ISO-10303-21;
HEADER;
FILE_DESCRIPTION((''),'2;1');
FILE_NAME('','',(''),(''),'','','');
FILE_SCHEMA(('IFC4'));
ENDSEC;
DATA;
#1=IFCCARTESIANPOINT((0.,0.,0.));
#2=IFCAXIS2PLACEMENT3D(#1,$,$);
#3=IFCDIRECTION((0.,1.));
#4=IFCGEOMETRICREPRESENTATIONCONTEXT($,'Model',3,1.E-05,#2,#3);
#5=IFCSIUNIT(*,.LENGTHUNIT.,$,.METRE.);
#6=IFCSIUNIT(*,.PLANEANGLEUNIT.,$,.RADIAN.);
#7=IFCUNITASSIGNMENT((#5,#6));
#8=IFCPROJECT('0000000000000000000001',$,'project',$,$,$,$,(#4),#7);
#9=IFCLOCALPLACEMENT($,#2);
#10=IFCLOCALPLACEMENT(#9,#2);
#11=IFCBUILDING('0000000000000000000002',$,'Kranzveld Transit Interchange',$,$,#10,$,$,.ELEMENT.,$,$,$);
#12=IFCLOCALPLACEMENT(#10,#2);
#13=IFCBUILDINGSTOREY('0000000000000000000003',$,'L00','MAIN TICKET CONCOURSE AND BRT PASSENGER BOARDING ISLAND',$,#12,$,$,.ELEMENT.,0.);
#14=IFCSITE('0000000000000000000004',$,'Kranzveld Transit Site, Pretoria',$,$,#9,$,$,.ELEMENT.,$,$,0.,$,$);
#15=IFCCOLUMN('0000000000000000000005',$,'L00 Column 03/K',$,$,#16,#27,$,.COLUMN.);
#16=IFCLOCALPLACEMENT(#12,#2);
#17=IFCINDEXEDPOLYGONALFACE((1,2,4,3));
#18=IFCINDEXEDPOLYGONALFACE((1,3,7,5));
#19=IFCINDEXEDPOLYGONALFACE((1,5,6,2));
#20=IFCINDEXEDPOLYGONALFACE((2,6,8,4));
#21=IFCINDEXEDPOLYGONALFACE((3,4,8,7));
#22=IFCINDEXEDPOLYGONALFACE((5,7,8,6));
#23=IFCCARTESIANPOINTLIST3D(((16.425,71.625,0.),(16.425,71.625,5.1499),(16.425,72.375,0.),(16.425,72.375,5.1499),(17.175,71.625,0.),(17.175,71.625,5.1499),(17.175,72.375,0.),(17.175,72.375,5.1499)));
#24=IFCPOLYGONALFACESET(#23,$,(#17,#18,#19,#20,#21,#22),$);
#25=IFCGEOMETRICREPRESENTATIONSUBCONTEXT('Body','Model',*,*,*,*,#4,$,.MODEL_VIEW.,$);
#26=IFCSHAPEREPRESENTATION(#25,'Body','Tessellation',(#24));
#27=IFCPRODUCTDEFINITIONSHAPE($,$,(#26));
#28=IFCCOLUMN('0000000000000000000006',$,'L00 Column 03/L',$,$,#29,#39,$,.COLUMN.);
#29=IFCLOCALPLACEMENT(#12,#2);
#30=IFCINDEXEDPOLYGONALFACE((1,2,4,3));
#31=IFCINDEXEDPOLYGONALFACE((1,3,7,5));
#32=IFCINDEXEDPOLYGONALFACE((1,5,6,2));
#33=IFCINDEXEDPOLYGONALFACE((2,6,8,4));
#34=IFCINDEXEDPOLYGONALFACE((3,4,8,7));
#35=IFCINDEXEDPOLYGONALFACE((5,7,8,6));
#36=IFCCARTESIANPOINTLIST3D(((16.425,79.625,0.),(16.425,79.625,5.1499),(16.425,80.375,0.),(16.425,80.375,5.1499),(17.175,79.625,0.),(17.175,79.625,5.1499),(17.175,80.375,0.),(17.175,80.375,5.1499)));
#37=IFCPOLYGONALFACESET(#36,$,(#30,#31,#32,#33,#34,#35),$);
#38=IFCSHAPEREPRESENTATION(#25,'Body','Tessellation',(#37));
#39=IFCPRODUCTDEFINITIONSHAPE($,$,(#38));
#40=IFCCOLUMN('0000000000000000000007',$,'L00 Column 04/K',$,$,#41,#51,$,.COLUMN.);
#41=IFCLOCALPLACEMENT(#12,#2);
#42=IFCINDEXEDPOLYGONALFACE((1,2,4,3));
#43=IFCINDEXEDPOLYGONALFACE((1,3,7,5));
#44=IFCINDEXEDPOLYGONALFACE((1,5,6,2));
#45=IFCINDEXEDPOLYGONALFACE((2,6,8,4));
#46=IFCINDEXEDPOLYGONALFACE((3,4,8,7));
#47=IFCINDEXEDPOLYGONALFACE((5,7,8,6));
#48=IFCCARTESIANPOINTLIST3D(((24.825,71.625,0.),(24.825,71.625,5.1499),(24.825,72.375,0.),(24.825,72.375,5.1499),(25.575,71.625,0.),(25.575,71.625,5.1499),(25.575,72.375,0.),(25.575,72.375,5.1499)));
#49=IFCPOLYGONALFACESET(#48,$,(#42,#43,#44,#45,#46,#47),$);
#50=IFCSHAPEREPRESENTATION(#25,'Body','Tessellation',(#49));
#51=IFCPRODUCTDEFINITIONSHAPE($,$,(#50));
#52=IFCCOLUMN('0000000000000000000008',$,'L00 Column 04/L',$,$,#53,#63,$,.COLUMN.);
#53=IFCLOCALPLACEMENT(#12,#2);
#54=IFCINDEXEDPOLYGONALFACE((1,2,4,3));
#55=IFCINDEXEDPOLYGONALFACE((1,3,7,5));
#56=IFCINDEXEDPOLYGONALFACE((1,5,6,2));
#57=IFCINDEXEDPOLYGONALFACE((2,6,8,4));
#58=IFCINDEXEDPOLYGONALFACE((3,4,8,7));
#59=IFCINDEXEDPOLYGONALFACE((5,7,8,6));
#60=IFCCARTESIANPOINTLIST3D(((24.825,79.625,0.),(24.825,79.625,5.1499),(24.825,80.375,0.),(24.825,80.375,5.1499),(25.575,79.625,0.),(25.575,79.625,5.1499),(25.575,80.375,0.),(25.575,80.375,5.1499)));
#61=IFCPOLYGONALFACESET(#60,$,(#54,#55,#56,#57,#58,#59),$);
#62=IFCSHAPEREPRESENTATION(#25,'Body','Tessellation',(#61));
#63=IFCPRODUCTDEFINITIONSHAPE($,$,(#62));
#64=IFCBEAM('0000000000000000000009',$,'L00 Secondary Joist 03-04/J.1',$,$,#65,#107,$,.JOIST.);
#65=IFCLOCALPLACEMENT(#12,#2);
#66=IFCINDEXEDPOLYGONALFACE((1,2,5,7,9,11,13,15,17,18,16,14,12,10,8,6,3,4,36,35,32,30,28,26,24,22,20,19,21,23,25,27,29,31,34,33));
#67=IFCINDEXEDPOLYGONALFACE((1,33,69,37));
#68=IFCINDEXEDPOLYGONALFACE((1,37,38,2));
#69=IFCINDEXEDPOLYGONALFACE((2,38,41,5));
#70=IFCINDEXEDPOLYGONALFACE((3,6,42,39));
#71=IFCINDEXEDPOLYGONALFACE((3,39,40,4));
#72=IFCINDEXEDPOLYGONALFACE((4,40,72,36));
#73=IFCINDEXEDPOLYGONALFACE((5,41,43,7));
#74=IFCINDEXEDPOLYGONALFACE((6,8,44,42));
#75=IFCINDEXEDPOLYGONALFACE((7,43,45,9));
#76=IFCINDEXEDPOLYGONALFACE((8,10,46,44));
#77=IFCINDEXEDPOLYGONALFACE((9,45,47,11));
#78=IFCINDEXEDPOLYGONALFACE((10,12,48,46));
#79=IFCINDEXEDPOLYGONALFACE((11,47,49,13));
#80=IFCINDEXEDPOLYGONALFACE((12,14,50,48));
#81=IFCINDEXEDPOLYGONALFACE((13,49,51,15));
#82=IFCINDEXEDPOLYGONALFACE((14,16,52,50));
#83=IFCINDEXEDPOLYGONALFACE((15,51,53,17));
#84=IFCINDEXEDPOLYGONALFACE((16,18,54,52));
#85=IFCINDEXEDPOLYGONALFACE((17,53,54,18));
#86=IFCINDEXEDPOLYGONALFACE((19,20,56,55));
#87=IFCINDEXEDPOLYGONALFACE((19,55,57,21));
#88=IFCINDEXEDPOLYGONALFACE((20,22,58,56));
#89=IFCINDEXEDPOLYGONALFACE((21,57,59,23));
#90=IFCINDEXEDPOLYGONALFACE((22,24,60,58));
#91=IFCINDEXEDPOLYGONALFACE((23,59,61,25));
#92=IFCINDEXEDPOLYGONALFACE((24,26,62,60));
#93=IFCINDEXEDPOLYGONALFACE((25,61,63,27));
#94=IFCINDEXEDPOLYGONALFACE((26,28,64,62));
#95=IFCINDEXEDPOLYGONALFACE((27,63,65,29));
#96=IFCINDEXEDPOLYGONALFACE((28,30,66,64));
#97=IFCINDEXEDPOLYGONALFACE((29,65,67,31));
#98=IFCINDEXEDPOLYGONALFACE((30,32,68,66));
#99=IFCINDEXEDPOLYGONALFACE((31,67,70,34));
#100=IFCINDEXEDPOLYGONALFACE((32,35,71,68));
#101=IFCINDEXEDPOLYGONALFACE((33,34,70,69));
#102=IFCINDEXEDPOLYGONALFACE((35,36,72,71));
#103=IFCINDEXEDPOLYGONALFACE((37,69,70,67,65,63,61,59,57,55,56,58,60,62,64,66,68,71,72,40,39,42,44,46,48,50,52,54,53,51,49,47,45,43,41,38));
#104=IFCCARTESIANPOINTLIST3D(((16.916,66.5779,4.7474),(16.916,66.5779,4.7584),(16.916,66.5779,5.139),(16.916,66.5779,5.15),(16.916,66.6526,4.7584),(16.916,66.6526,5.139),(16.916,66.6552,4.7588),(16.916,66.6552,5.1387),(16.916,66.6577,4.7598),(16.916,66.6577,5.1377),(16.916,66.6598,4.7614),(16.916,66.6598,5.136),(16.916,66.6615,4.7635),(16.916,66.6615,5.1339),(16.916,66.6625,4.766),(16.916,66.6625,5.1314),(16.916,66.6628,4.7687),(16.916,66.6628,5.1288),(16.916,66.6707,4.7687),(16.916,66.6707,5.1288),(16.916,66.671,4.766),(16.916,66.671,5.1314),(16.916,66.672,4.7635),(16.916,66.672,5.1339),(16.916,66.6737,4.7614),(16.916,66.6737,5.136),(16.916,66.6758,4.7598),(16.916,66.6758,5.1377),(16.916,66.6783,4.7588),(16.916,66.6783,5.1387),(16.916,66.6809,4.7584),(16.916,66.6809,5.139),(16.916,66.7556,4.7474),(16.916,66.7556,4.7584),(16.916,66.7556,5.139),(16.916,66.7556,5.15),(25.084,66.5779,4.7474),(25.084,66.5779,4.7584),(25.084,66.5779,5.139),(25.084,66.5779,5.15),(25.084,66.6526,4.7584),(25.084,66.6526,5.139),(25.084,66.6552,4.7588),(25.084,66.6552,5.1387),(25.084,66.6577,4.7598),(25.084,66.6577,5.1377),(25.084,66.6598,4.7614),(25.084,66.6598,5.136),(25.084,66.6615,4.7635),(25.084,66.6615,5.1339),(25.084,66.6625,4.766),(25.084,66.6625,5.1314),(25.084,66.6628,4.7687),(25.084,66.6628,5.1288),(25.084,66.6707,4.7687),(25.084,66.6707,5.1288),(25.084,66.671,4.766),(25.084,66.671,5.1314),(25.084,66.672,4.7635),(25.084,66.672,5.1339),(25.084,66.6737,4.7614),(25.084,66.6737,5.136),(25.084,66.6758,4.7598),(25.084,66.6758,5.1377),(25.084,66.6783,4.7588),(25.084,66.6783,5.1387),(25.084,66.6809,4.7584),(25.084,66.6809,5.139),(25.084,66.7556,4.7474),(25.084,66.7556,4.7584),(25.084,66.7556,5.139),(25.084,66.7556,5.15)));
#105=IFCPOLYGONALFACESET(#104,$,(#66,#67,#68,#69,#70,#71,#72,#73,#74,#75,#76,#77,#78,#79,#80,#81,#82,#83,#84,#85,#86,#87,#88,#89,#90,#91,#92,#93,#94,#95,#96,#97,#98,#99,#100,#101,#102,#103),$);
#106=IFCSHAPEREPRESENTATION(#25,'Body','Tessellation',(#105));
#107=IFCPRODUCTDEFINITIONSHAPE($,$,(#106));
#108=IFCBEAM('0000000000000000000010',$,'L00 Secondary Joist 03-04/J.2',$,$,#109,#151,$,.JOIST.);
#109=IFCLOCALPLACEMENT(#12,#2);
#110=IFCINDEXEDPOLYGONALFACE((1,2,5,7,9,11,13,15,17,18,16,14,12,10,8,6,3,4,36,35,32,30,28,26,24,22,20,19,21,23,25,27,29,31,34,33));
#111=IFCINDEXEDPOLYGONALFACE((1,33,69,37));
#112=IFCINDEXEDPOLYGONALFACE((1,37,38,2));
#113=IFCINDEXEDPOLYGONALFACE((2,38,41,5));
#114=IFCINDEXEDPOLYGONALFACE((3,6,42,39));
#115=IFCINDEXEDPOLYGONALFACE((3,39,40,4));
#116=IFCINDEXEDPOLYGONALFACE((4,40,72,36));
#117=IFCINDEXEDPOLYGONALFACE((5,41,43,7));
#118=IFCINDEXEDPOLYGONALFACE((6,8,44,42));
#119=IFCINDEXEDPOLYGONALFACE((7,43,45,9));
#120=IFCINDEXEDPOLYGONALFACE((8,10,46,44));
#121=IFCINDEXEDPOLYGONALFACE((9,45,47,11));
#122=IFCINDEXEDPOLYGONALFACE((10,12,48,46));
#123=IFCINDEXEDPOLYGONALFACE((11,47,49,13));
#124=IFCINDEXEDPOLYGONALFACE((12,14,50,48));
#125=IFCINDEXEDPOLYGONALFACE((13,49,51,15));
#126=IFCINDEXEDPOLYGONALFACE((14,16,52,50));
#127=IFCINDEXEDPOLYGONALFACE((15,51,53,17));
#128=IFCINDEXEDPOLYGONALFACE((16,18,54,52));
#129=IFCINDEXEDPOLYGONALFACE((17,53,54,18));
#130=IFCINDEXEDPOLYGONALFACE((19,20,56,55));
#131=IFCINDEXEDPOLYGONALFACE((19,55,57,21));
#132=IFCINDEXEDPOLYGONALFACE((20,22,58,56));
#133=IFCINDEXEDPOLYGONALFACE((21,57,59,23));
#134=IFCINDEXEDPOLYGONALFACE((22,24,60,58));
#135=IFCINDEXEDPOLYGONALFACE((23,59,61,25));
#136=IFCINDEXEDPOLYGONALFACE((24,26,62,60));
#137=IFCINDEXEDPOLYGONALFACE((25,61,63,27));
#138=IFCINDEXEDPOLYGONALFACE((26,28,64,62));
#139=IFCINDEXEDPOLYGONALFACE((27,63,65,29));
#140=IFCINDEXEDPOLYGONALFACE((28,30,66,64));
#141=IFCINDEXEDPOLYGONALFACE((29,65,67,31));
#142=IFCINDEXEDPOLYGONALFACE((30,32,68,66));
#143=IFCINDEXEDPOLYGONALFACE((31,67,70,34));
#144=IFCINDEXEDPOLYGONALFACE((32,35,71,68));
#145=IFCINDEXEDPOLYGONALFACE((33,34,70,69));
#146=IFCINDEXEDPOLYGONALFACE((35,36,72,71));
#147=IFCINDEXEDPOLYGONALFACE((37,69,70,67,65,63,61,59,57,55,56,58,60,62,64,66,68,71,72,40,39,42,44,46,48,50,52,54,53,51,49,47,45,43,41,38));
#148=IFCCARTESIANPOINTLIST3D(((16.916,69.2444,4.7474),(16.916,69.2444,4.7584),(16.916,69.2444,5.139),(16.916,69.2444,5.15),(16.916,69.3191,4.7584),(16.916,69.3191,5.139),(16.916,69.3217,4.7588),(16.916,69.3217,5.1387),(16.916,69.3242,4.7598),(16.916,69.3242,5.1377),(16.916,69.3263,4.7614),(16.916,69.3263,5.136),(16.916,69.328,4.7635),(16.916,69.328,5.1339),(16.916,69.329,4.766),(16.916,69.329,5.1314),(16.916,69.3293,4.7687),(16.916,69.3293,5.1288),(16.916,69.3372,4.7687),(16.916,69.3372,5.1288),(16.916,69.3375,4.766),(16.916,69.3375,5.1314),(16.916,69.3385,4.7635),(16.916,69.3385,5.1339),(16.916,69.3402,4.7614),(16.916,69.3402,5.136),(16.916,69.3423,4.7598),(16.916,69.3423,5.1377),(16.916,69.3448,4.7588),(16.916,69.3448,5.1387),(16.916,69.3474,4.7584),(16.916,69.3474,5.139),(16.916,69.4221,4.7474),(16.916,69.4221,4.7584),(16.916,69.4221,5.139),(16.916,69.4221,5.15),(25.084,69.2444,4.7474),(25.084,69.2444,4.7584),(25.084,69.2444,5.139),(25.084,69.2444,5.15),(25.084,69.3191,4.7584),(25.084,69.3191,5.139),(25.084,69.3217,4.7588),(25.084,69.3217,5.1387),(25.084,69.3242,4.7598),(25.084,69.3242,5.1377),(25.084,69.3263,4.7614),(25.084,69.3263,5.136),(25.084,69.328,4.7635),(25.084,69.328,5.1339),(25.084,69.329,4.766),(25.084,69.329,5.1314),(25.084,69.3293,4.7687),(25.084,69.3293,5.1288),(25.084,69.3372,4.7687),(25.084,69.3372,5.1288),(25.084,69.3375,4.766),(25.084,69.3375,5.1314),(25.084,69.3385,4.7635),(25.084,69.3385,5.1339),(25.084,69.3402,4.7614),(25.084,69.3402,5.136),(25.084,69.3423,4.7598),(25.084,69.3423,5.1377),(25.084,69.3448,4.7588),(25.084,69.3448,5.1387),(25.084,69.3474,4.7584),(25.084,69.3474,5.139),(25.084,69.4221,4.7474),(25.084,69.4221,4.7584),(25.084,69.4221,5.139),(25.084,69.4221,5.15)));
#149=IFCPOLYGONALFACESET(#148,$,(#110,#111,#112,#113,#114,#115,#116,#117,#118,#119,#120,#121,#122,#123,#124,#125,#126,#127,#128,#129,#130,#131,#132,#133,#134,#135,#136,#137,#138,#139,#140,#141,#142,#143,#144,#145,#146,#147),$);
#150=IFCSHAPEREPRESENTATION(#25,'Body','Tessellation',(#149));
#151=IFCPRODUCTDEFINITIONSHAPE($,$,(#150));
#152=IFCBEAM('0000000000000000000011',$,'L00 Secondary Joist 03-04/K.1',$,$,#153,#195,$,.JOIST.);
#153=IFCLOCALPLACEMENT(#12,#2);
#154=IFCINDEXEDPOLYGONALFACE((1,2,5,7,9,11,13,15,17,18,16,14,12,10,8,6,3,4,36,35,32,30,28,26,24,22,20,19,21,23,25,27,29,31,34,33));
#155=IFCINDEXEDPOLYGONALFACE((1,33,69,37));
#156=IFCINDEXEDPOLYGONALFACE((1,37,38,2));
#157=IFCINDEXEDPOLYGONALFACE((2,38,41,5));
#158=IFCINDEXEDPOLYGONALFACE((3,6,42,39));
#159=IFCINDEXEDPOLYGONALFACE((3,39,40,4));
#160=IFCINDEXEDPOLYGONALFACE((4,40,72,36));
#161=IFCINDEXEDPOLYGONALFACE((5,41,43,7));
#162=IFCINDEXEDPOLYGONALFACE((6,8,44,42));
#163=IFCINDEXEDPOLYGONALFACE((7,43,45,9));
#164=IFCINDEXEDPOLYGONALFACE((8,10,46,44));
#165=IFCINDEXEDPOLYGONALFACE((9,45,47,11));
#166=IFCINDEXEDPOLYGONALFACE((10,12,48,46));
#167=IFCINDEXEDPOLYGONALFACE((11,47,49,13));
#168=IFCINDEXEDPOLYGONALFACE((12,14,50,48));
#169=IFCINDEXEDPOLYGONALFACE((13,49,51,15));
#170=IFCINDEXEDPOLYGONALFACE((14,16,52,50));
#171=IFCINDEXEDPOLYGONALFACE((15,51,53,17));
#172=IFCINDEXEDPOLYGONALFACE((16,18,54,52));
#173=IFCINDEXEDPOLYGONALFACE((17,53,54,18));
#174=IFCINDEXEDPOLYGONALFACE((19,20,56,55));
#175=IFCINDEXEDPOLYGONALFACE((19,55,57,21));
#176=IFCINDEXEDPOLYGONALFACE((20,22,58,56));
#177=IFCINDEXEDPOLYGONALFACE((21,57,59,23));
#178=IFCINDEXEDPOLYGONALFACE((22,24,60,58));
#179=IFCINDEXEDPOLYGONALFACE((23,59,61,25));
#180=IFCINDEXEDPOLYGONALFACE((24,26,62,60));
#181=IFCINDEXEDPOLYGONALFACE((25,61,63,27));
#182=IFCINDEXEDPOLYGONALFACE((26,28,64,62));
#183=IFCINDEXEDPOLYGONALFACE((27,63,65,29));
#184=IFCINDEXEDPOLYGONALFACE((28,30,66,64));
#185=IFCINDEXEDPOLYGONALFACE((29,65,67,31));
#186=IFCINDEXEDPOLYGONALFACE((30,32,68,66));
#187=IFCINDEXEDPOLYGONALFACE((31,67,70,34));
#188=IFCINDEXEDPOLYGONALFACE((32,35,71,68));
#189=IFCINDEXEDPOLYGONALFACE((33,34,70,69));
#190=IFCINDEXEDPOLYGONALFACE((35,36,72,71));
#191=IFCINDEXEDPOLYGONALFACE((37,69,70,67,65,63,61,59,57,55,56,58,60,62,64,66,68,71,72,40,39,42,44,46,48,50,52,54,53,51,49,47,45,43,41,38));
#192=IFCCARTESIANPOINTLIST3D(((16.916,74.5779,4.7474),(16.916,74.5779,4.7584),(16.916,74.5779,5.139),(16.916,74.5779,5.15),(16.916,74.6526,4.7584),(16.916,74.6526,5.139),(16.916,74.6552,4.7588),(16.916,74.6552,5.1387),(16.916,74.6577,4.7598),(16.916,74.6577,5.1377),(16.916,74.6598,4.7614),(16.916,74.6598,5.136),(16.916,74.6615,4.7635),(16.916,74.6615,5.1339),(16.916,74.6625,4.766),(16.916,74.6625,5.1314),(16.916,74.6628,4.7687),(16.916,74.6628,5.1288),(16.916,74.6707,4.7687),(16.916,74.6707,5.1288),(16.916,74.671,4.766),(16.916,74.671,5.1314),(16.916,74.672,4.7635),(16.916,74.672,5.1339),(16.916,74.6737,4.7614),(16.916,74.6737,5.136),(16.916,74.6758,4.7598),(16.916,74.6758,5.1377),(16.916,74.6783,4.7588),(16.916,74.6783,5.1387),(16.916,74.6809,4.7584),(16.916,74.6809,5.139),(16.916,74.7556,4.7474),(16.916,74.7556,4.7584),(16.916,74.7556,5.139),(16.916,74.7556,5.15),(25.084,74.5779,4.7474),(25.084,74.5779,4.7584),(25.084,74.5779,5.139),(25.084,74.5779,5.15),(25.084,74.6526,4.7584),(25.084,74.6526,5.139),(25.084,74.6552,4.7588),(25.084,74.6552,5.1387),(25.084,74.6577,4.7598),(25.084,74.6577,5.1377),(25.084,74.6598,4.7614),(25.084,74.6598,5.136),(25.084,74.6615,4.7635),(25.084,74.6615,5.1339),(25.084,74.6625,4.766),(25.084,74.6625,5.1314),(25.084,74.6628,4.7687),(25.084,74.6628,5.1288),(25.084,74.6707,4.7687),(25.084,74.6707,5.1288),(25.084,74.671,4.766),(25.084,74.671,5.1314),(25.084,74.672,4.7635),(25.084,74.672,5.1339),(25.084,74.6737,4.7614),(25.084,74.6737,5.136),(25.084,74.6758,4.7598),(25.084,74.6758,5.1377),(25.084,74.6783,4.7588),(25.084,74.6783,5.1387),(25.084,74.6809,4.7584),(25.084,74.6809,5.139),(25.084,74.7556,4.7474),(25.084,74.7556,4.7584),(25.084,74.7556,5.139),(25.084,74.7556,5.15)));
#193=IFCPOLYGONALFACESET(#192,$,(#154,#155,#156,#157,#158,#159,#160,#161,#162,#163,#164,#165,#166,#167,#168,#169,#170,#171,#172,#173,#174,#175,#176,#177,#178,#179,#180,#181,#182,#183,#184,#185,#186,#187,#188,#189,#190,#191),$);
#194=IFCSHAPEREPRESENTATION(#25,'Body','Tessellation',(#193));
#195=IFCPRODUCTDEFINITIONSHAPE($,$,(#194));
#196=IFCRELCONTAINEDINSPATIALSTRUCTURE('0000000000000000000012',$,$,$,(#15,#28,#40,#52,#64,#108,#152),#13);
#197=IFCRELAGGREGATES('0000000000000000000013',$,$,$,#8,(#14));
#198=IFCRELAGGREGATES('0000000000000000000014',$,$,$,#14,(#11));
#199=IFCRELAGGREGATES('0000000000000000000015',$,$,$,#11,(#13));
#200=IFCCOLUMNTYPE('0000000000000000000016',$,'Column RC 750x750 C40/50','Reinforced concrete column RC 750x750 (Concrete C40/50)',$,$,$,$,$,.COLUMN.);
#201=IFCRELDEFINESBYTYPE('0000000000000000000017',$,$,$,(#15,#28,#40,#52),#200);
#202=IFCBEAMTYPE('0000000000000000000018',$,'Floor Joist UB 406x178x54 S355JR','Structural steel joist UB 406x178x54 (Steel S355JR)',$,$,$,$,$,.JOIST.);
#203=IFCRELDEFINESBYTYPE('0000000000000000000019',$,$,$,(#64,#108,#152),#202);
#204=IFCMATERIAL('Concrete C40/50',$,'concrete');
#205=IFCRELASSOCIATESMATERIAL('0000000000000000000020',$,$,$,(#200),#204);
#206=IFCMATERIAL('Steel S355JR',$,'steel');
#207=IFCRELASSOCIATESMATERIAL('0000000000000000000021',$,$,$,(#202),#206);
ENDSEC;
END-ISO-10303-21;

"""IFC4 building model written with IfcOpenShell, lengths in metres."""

from ifc_helpers import new_model, si_unit, direction, frame, origin, origin_2d, place, context, subcontext, project, spatial, rectangle, i_section, extrude, material, material_profile, profile_set, type_object, element, save


model = new_model("IFC4")

# Units and contexts
model_context = context("Model", 3, precision=1e-05, world=origin(), true_north=direction((0.0, 1.0)))
body_context = subcontext(model_context, "Body", "Model", "MODEL_VIEW")
ifc_project = project(units=[si_unit("LENGTHUNIT", "METRE"), si_unit("PLANEANGLEUNIT", "RADIAN")], contexts=[model_context])

# Site, building, storey
site_placement = place(None, origin())
site = spatial("IfcSite", under=ifc_project, at=site_placement, Name="Kranzveld Transit Site, Pretoria", CompositionType="ELEMENT", RefElevation=0.0)
building_placement = place(site_placement, origin())
building = spatial("IfcBuilding", under=site, at=building_placement, Name="Kranzveld Transit Interchange", CompositionType="ELEMENT")
storey_placement = place(building_placement, origin())
storey = spatial("IfcBuildingStorey", under=building, at=storey_placement, Name="L00", Description="MAIN TICKET CONCOURSE AND BRT PASSENGER BOARDING ISLAND", CompositionType="ELEMENT", Elevation=0.0)

# Columns
ifc_material_1 = material(Name="Concrete C40/50", Category="concrete")
ifc_material_profile_1 = material_profile(ifc_material_1, rectangle(XDim=0.75, YDim=0.75, at=origin_2d()), Name="RC 750x750")
ifc_profile_set_1 = profile_set([ifc_material_profile_1], Name="Concrete C40/50")
column_type = type_object("IfcColumnType", Name="Column RC 750x750 C40/50", Description="Reinforced concrete column RC 750x750 (Concrete C40/50)", PredefinedType="COLUMN", material=ifc_profile_set_1)
for number, where, z_axis, x_axis, name in (
    (1, (16.8, 72.0, 0.0), (0.0, 0.0, 1.0), (1.0, 0.0, 0.0), "L00 Column 03/K"),
    (2, (16.8, 80.0, 0.0), (0.0, 0.0, 1.0), (1.0, 0.0, 0.0), "L00 Column 03/L"),
    (3, (25.2, 72.0, 0.0), (0.0, 0.0, 1.0), (1.0, 0.0, 0.0), "L00 Column 04/K"),
    (4, (25.2, 80.0, 0.0), (0.0, 0.0, 1.0), (1.0, 0.0, 0.0), "L00 Column 04/L"),
):
    element("IfcColumn", number, at=place(storey_placement, frame(where, z_axis=z_axis, x_axis=x_axis)), inside=storey, type_object=column_type, Name=name, PredefinedType="COLUMN", context=body_context, shape_type="SweptSolid", body=[
        extrude(rectangle(XDim=0.75, YDim=0.75, at=origin_2d()), origin(), (0.0, 0.0, 1.0), 5.1499),
    ])

# Beams
ifc_material_2 = material(Name="Steel S355JR", Category="steel")
ifc_material_profile_2 = material_profile(ifc_material_2, i_section(OverallWidth=0.1777, OverallDepth=0.4026, WebThickness=0.0078, FlangeThickness=0.011, FilletRadius=0.0103, at=origin_2d()), Name="UB 406x178x54")
ifc_profile_set_2 = profile_set([ifc_material_profile_2], Name="Steel S355JR")
beam_type_1 = type_object("IfcBeamType", Name="Floor Joist UB 406x178x54 S355JR", Description="Structural steel joist UB 406x178x54 (Steel S355JR)", PredefinedType="JOIST", material=ifc_profile_set_2)
for number, where, z_axis, x_axis, name in (
    (5, (16.916, 66.6667, 4.9487), (1.0, 0.0, 0.0), (0.0, 1.0, 0.0), "L00 Secondary Joist 03-04/J.1"),
    (6, (16.916, 69.3333, 4.9487), (1.0, 0.0, 0.0), (0.0, 1.0, 0.0), "L00 Secondary Joist 03-04/J.2"),
    (7, (16.916, 74.6667, 4.9487), (1.0, 0.0, 0.0), (0.0, 1.0, 0.0), "L00 Secondary Joist 03-04/K.1"),
):
    element("IfcBeam", number, at=place(storey_placement, frame(where, z_axis=z_axis, x_axis=x_axis)), inside=storey, type_object=beam_type_1, Name=name, PredefinedType="JOIST", context=body_context, shape_type="SweptSolid", body=[
        extrude(i_section(OverallWidth=0.1777, OverallDepth=0.4026, WebThickness=0.0078, FlangeThickness=0.011, FilletRadius=0.0103, at=origin_2d()), origin(), (0.0, 0.0, 1.0), 8.168),
    ])

save(model, "model.ifc")
